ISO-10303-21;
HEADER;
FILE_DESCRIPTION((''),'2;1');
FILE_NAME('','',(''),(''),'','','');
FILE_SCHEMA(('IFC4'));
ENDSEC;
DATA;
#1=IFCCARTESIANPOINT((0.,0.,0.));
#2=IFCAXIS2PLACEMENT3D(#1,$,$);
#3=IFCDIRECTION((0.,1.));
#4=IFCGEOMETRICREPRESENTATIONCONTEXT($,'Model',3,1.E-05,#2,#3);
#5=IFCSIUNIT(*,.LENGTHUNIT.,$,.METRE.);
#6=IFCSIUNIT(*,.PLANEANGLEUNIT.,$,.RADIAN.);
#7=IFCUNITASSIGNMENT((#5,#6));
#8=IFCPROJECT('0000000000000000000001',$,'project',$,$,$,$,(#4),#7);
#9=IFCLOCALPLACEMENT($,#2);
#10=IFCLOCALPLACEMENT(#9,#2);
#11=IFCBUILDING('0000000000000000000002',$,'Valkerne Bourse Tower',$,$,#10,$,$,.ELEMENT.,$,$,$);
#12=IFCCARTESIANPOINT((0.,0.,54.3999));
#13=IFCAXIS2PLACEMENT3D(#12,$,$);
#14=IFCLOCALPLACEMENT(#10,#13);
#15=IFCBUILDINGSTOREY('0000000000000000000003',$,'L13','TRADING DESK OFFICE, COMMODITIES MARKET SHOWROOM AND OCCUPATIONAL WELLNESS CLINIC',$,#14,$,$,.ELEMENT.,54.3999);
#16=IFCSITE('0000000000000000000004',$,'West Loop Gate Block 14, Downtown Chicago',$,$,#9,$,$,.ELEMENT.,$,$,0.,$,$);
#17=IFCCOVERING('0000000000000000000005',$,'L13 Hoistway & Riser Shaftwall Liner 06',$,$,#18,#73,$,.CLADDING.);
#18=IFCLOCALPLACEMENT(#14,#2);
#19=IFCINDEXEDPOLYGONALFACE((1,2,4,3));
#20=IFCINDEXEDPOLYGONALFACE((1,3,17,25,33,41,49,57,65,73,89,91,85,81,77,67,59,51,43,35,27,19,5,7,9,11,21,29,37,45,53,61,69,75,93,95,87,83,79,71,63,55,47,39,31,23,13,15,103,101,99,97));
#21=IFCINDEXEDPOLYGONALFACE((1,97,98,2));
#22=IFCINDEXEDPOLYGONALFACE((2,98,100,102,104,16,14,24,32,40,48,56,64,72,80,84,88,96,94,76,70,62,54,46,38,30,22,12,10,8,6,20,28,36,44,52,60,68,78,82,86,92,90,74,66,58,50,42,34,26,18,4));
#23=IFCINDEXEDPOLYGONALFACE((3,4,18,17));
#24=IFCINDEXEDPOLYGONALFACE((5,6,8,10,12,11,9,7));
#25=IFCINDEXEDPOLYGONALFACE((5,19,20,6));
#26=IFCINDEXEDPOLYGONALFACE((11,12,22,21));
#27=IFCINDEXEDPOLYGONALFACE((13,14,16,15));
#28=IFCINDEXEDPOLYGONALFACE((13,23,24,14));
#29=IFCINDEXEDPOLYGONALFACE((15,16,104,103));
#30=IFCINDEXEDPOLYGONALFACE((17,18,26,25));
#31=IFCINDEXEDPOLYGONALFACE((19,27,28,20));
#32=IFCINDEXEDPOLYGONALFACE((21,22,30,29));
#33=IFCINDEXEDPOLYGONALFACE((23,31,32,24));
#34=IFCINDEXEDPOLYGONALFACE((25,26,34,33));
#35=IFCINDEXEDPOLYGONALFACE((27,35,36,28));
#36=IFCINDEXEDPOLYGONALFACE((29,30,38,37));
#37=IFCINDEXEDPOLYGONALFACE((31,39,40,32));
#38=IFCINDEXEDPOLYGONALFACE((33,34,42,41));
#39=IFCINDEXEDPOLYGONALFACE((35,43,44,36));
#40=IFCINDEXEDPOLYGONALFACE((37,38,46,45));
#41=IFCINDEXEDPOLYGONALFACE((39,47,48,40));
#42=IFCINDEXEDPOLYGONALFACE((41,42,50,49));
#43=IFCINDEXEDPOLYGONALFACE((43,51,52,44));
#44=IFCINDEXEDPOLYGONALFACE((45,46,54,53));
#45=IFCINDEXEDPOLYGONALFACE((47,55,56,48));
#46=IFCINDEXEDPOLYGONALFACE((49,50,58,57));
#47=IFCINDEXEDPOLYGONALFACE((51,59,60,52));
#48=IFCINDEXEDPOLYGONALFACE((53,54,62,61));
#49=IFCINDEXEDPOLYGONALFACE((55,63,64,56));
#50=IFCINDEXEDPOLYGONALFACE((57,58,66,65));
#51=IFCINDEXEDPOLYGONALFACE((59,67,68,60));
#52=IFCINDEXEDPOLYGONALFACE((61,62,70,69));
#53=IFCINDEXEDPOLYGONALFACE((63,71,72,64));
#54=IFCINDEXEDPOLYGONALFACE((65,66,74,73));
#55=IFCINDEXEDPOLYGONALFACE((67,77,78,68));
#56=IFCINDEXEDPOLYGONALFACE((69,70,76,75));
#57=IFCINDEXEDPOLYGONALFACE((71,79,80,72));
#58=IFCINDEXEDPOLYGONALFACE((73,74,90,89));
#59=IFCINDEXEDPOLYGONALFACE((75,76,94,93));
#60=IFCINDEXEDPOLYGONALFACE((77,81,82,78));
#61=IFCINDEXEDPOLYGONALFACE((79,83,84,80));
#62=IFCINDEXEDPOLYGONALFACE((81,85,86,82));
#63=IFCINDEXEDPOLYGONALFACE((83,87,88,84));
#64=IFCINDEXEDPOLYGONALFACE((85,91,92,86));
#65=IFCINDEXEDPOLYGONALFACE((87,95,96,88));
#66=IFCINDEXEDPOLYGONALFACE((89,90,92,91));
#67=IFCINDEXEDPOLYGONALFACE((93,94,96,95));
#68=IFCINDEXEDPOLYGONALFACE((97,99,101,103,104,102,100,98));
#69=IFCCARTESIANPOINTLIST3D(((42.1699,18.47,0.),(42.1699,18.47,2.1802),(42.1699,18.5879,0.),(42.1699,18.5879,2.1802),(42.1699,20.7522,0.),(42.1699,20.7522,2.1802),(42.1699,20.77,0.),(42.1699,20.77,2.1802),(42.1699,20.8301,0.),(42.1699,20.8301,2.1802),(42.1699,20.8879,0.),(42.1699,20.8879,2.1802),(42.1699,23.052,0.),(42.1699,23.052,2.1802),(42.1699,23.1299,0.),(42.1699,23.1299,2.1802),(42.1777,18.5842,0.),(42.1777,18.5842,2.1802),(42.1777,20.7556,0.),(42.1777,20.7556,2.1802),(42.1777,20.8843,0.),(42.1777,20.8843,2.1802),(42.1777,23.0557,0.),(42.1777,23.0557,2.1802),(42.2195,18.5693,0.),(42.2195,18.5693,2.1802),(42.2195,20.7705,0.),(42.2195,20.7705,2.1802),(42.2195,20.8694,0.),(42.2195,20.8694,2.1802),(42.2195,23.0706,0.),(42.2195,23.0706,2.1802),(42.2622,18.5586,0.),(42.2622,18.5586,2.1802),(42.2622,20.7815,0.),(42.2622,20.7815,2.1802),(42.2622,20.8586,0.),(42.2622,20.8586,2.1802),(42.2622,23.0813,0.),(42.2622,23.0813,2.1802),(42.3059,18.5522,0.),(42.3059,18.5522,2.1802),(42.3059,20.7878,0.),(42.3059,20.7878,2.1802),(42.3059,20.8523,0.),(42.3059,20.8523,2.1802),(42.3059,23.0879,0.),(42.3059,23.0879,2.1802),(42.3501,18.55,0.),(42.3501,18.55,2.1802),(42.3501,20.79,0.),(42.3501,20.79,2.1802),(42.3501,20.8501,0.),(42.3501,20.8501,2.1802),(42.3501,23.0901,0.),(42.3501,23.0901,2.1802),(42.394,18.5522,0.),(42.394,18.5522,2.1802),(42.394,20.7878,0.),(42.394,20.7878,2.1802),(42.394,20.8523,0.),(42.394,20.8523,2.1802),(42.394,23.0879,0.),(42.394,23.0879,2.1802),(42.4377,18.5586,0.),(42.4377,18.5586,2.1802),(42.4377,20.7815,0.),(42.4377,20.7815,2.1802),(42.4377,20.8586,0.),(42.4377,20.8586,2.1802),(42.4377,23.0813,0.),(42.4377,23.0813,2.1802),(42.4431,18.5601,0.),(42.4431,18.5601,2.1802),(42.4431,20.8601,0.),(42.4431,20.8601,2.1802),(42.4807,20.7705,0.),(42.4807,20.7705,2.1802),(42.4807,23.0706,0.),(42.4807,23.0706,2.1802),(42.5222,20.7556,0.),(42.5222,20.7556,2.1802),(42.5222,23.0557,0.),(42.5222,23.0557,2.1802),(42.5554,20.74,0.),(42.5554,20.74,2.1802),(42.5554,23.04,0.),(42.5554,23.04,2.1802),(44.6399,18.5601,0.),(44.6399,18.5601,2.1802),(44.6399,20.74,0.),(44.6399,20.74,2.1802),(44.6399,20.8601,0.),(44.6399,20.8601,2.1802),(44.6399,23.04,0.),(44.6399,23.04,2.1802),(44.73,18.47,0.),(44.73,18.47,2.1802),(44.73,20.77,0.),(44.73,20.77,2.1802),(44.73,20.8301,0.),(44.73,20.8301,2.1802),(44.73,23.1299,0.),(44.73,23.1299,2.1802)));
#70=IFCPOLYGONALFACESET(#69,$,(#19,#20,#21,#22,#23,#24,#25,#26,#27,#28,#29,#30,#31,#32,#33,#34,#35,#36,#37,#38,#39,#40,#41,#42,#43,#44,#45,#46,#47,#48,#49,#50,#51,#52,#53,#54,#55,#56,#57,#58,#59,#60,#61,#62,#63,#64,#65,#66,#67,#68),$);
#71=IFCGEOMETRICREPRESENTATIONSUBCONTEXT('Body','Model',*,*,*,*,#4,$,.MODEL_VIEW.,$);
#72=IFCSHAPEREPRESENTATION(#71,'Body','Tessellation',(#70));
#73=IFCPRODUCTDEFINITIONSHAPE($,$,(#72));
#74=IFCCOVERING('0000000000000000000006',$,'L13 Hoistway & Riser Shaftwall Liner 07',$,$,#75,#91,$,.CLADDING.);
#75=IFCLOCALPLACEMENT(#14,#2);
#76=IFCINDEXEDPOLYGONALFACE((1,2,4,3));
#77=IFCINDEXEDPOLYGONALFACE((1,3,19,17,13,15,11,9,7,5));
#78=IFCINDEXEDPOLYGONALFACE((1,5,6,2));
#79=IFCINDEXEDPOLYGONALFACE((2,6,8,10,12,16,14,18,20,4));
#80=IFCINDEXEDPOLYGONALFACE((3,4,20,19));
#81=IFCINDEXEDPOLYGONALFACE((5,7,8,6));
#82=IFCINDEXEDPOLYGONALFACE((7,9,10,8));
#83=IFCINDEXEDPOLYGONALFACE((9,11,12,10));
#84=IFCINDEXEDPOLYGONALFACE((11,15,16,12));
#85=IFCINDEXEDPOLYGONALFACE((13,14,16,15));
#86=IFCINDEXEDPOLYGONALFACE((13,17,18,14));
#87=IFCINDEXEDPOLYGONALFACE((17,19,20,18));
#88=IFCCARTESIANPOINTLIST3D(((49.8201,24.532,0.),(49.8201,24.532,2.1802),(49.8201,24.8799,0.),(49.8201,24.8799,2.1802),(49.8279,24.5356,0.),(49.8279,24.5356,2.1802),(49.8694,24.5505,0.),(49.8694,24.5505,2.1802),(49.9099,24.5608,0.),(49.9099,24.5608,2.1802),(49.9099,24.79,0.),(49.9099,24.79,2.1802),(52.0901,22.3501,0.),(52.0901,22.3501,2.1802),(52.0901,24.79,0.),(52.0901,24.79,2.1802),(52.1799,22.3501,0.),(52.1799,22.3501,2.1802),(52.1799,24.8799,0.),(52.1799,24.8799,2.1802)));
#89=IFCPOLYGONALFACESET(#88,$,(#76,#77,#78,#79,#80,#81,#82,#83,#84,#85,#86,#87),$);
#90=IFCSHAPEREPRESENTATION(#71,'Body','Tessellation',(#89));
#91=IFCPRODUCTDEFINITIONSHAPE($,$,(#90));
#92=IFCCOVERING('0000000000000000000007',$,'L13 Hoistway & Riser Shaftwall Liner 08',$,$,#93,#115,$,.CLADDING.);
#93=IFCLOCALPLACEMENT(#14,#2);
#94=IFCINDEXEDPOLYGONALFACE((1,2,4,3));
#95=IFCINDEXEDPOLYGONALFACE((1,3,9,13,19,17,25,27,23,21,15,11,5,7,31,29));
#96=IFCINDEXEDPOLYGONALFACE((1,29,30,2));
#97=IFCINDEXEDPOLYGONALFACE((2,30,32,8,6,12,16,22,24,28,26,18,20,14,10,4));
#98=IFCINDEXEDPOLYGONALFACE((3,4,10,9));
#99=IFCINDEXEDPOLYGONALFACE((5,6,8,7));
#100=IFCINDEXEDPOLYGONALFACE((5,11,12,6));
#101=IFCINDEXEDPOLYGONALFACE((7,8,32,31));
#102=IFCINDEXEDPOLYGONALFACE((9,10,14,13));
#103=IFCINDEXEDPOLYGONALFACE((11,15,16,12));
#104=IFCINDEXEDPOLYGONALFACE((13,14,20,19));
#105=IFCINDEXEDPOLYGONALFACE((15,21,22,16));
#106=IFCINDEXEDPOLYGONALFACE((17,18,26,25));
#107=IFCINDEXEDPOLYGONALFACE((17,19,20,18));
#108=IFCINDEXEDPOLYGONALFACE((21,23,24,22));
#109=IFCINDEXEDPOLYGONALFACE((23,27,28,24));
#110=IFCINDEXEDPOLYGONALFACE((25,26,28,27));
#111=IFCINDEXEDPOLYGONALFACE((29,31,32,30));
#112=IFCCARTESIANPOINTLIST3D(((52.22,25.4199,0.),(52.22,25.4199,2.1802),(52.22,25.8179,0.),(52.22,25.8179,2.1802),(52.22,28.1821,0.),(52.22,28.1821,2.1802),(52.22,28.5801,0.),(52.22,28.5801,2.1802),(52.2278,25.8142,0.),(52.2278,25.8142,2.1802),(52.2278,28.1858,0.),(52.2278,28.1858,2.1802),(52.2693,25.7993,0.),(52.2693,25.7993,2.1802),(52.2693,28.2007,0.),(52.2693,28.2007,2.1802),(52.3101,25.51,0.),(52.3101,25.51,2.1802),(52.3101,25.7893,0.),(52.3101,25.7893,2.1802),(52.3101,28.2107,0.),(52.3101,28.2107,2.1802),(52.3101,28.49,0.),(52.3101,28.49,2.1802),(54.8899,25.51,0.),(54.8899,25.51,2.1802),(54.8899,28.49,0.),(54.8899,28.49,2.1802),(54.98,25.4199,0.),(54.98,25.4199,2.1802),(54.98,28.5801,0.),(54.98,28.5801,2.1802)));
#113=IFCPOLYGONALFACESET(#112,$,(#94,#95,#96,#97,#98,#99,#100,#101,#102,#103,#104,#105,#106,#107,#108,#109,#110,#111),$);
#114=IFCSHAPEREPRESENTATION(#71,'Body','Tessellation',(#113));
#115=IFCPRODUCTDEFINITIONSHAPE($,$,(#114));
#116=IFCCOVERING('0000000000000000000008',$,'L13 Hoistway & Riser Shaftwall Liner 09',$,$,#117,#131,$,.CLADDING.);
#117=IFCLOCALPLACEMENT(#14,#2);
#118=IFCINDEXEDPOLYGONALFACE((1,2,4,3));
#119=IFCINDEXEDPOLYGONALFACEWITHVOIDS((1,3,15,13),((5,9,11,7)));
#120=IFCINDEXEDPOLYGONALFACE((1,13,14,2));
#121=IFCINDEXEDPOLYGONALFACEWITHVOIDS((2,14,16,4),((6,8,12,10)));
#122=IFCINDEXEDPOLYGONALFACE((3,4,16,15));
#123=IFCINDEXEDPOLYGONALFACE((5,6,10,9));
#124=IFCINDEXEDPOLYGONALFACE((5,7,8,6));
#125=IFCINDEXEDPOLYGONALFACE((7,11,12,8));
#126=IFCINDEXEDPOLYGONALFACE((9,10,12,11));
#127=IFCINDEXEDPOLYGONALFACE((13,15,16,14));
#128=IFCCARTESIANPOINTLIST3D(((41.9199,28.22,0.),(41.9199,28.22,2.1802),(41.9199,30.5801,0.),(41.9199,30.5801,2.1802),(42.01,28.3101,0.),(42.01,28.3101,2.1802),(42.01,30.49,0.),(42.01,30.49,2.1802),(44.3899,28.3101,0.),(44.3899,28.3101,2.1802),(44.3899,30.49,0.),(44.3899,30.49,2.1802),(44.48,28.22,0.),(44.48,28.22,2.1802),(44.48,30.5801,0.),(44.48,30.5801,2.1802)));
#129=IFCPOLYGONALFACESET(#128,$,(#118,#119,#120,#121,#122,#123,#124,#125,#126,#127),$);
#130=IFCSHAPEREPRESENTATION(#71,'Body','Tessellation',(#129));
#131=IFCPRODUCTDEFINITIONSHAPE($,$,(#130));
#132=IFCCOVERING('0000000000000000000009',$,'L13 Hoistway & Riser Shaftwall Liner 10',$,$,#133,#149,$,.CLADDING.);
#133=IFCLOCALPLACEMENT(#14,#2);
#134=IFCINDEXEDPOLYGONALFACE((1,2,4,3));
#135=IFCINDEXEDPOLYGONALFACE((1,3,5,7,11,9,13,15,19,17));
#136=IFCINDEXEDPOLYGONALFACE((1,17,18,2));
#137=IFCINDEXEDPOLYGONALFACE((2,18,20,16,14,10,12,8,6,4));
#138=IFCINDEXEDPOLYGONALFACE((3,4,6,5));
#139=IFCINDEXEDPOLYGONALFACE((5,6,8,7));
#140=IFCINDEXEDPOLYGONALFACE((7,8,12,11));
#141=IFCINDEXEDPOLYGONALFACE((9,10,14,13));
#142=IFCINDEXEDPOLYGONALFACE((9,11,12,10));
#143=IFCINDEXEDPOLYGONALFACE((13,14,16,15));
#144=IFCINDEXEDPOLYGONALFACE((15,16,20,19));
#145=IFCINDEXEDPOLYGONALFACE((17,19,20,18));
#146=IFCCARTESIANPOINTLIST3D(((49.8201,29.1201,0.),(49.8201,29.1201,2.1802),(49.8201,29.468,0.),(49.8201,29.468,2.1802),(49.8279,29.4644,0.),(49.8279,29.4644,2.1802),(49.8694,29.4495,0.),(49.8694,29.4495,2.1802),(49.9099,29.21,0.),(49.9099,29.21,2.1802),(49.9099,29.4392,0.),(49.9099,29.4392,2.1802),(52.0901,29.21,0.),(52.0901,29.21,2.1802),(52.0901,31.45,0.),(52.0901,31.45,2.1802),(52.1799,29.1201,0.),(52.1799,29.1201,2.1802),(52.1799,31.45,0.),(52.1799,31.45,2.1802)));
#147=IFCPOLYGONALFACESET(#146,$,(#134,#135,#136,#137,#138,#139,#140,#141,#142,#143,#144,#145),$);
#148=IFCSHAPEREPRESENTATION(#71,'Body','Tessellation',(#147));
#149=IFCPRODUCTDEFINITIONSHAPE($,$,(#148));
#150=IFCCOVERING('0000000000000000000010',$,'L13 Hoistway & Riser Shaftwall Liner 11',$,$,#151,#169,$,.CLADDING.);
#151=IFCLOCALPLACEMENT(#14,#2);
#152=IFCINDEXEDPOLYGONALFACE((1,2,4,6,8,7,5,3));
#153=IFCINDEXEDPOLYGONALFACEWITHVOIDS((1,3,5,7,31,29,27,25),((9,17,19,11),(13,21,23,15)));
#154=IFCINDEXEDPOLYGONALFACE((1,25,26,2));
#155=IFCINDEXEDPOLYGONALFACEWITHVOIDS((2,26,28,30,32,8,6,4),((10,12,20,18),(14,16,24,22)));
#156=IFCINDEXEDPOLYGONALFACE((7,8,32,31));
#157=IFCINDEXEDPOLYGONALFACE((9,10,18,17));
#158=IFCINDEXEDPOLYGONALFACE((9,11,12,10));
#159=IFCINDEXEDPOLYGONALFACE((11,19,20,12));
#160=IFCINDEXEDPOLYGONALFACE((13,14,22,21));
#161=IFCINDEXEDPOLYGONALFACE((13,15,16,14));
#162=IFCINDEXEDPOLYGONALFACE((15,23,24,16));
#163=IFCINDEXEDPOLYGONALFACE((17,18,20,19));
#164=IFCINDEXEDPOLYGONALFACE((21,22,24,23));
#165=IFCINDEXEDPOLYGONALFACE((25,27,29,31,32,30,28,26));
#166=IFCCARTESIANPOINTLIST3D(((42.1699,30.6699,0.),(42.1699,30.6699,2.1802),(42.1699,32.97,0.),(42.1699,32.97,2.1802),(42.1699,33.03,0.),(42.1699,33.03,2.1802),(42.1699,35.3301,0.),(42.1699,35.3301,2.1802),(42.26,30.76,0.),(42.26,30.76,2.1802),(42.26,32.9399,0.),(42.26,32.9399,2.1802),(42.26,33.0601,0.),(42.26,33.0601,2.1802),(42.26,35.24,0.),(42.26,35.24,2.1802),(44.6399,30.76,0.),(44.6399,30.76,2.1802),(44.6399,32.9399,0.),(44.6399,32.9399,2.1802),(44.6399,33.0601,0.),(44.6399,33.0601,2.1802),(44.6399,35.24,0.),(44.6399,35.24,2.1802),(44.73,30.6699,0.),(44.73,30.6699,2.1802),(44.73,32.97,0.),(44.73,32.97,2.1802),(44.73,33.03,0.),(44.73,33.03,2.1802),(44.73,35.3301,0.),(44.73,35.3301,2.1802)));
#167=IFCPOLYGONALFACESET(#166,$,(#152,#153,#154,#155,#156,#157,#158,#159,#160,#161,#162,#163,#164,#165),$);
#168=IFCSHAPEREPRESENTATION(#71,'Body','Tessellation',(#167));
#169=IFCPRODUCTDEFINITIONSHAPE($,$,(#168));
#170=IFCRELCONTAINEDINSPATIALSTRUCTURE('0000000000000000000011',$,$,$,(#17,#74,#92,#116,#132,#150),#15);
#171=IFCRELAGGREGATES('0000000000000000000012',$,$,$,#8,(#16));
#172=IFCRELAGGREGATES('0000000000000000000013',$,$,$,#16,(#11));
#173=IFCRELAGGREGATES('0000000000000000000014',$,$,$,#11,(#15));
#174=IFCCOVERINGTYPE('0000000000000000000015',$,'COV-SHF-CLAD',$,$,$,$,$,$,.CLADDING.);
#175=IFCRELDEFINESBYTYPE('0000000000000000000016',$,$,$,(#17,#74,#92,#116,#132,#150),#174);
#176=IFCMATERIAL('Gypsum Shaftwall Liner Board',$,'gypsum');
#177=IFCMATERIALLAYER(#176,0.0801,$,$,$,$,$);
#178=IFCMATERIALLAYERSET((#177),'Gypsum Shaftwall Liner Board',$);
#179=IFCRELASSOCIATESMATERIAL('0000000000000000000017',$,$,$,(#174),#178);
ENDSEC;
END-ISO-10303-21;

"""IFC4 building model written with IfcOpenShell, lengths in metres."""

from ifc_helpers import new_model, si_unit, direction, frame, origin, place, context, subcontext, project, spatial, polyline, outline, extrude, material, layer, layer_set, type_object, element, save


model = new_model("IFC4")

# Units and contexts
model_context = context("Model", 3, precision=1e-05, world=origin(), true_north=direction((0.0, 1.0)))
body_context = subcontext(model_context, "Body", "Model", "MODEL_VIEW")
ifc_project = project(units=[si_unit("LENGTHUNIT", "METRE"), si_unit("PLANEANGLEUNIT", "RADIAN")], contexts=[model_context])

# Site, building, storey
site_placement = place(None, origin())
site = spatial("IfcSite", under=ifc_project, at=site_placement, Name="West Loop Gate Block 14, Downtown Chicago", CompositionType="ELEMENT", RefElevation=0.0)
building_placement = place(site_placement, origin())
building = spatial("IfcBuilding", under=site, at=building_placement, Name="Valkerne Bourse Tower", CompositionType="ELEMENT")
storey_placement = place(building_placement, frame((0.0, 0.0, 54.3999)))
storey = spatial("IfcBuildingStorey", under=building, at=storey_placement, Name="L13", Description="TRADING DESK OFFICE, COMMODITIES MARKET SHOWROOM AND OCCUPATIONAL WELLNESS CLINIC", CompositionType="ELEMENT", Elevation=54.3999)

# Coverings
ifc_material_1 = material(Name="Gypsum Shaftwall Liner Board", Category="gypsum")
ifc_layer_1 = layer(ifc_material_1, 0.0801)
ifc_layer_set_1 = layer_set([ifc_layer_1], Name="Gypsum Shaftwall Liner Board")
covering_type_1 = type_object("IfcCoveringType", Name="COV-SHF-CLAD", PredefinedType="CLADDING", material=ifc_layer_set_1)
covering_1_placement = place(storey_placement, origin())
element("IfcCovering", 1, at=covering_1_placement, inside=storey, type_object=covering_type_1, Name="L13 Hoistway & Riser Shaftwall Liner 06", PredefinedType="CLADDING", context=body_context, shape_type="SweptSolid", body=[
    extrude(outline(polyline([(42.1699, 20.8301), (42.1699, 20.8879), (42.1777, 20.8843), (42.2195, 20.8694), (42.2622, 20.8586), (42.3059, 20.8523), (42.3501, 20.8501), (42.394, 20.8523), (42.4377, 20.8586), (42.4431, 20.8601), (44.6399, 20.8601), (44.6399, 23.04), (42.5554, 23.04), (42.5222, 23.0557), (42.4807, 23.0706), (42.4377, 23.0813), (42.394, 23.0879), (42.3501, 23.0901), (42.3059, 23.0879), (42.2622, 23.0813), (42.2195, 23.0706), (42.1777, 23.0557), (42.1699, 23.052), (42.1699, 23.1299), (44.73, 23.1299), (44.73, 20.8301), (44.73, 20.77), (44.73, 18.47), (42.1699, 18.47), (42.1699, 18.5879), (42.1777, 18.5842), (42.2195, 18.5693), (42.2622, 18.5586), (42.3059, 18.5522), (42.3501, 18.55), (42.394, 18.5522), (42.4377, 18.5586), (42.4431, 18.5601), (44.6399, 18.5601), (44.6399, 20.74), (42.5554, 20.74), (42.5222, 20.7556), (42.4807, 20.7705), (42.4377, 20.7815), (42.394, 20.7878), (42.3501, 20.79), (42.3059, 20.7878), (42.2622, 20.7815), (42.2195, 20.7705), (42.1777, 20.7556), (42.1699, 20.7522), (42.1699, 20.77), (42.1699, 20.8301)])), origin(), (0.0, 0.0, 1.0), 2.1802),
])
covering_2_placement = place(storey_placement, origin())
element("IfcCovering", 2, at=covering_2_placement, inside=storey, type_object=covering_type_1, Name="L13 Hoistway & Riser Shaftwall Liner 07", PredefinedType="CLADDING", context=body_context, shape_type="SweptSolid", body=[
    extrude(outline(polyline([(52.1799, 22.3501), (52.0901, 22.3501), (52.0901, 24.79), (49.9099, 24.79), (49.9099, 24.5608), (49.8694, 24.5505), (49.8279, 24.5356), (49.8201, 24.532), (49.8201, 24.8799), (52.1799, 24.8799), (52.1799, 22.3501)])), origin(), (0.0, 0.0, 1.0), 2.1802),
])
covering_3_placement = place(storey_placement, origin())
element("IfcCovering", 3, at=covering_3_placement, inside=storey, type_object=covering_type_1, Name="L13 Hoistway & Riser Shaftwall Liner 08", PredefinedType="CLADDING", context=body_context, shape_type="SweptSolid", body=[
    extrude(outline(polyline([(54.98, 25.4199), (52.22, 25.4199), (52.22, 25.8179), (52.2278, 25.8142), (52.2693, 25.7993), (52.3101, 25.7893), (52.3101, 25.51), (54.8899, 25.51), (54.8899, 28.49), (52.3101, 28.49), (52.3101, 28.2107), (52.2693, 28.2007), (52.2278, 28.1858), (52.22, 28.1821), (52.22, 28.5801), (54.98, 28.5801), (54.98, 25.4199)])), origin(), (0.0, 0.0, 1.0), 2.1802),
])
covering_4_placement = place(storey_placement, origin())
element("IfcCovering", 4, at=covering_4_placement, inside=storey, type_object=covering_type_1, Name="L13 Hoistway & Riser Shaftwall Liner 09", PredefinedType="CLADDING", context=body_context, shape_type="SweptSolid", body=[
    extrude(outline(polyline([(44.48, 28.22), (41.9199, 28.22), (41.9199, 30.5801), (44.48, 30.5801), (44.48, 28.22)]), holes=[polyline([(42.01, 30.49), (42.01, 28.3101), (44.3899, 28.3101), (44.3899, 30.49), (42.01, 30.49)])]), origin(), (0.0, 0.0, 1.0), 2.1802),
])
covering_5_placement = place(storey_placement, origin())
element("IfcCovering", 5, at=covering_5_placement, inside=storey, type_object=covering_type_1, Name="L13 Hoistway & Riser Shaftwall Liner 10", PredefinedType="CLADDING", context=body_context, shape_type="SweptSolid", body=[
    extrude(outline(polyline([(49.8201, 29.1201), (49.8201, 29.468), (49.8279, 29.4644), (49.8694, 29.4495), (49.9099, 29.4392), (49.9099, 29.21), (52.0901, 29.21), (52.0901, 31.45), (52.1799, 31.45), (52.1799, 29.1201), (49.8201, 29.1201)])), origin(), (0.0, 0.0, 1.0), 2.1802),
])
covering_6_placement = place(storey_placement, origin())
element("IfcCovering", 6, at=covering_6_placement, inside=storey, type_object=covering_type_1, Name="L13 Hoistway & Riser Shaftwall Liner 11", PredefinedType="CLADDING", context=body_context, shape_type="SweptSolid", body=[
    extrude(outline(polyline([(44.73, 35.3301), (44.73, 33.03), (44.73, 32.97), (44.73, 30.6699), (42.1699, 30.6699), (42.1699, 32.97), (42.1699, 33.03), (42.1699, 35.3301), (44.73, 35.3301)]), holes=[polyline([(42.26, 30.76), (44.6399, 30.76), (44.6399, 32.9399), (42.26, 32.9399), (42.26, 30.76)]), polyline([(42.26, 33.0601), (44.6399, 33.0601), (44.6399, 35.24), (42.26, 35.24), (42.26, 33.0601)])]), origin(), (0.0, 0.0, 1.0), 2.1802),
])

save(model, "model.ifc")
